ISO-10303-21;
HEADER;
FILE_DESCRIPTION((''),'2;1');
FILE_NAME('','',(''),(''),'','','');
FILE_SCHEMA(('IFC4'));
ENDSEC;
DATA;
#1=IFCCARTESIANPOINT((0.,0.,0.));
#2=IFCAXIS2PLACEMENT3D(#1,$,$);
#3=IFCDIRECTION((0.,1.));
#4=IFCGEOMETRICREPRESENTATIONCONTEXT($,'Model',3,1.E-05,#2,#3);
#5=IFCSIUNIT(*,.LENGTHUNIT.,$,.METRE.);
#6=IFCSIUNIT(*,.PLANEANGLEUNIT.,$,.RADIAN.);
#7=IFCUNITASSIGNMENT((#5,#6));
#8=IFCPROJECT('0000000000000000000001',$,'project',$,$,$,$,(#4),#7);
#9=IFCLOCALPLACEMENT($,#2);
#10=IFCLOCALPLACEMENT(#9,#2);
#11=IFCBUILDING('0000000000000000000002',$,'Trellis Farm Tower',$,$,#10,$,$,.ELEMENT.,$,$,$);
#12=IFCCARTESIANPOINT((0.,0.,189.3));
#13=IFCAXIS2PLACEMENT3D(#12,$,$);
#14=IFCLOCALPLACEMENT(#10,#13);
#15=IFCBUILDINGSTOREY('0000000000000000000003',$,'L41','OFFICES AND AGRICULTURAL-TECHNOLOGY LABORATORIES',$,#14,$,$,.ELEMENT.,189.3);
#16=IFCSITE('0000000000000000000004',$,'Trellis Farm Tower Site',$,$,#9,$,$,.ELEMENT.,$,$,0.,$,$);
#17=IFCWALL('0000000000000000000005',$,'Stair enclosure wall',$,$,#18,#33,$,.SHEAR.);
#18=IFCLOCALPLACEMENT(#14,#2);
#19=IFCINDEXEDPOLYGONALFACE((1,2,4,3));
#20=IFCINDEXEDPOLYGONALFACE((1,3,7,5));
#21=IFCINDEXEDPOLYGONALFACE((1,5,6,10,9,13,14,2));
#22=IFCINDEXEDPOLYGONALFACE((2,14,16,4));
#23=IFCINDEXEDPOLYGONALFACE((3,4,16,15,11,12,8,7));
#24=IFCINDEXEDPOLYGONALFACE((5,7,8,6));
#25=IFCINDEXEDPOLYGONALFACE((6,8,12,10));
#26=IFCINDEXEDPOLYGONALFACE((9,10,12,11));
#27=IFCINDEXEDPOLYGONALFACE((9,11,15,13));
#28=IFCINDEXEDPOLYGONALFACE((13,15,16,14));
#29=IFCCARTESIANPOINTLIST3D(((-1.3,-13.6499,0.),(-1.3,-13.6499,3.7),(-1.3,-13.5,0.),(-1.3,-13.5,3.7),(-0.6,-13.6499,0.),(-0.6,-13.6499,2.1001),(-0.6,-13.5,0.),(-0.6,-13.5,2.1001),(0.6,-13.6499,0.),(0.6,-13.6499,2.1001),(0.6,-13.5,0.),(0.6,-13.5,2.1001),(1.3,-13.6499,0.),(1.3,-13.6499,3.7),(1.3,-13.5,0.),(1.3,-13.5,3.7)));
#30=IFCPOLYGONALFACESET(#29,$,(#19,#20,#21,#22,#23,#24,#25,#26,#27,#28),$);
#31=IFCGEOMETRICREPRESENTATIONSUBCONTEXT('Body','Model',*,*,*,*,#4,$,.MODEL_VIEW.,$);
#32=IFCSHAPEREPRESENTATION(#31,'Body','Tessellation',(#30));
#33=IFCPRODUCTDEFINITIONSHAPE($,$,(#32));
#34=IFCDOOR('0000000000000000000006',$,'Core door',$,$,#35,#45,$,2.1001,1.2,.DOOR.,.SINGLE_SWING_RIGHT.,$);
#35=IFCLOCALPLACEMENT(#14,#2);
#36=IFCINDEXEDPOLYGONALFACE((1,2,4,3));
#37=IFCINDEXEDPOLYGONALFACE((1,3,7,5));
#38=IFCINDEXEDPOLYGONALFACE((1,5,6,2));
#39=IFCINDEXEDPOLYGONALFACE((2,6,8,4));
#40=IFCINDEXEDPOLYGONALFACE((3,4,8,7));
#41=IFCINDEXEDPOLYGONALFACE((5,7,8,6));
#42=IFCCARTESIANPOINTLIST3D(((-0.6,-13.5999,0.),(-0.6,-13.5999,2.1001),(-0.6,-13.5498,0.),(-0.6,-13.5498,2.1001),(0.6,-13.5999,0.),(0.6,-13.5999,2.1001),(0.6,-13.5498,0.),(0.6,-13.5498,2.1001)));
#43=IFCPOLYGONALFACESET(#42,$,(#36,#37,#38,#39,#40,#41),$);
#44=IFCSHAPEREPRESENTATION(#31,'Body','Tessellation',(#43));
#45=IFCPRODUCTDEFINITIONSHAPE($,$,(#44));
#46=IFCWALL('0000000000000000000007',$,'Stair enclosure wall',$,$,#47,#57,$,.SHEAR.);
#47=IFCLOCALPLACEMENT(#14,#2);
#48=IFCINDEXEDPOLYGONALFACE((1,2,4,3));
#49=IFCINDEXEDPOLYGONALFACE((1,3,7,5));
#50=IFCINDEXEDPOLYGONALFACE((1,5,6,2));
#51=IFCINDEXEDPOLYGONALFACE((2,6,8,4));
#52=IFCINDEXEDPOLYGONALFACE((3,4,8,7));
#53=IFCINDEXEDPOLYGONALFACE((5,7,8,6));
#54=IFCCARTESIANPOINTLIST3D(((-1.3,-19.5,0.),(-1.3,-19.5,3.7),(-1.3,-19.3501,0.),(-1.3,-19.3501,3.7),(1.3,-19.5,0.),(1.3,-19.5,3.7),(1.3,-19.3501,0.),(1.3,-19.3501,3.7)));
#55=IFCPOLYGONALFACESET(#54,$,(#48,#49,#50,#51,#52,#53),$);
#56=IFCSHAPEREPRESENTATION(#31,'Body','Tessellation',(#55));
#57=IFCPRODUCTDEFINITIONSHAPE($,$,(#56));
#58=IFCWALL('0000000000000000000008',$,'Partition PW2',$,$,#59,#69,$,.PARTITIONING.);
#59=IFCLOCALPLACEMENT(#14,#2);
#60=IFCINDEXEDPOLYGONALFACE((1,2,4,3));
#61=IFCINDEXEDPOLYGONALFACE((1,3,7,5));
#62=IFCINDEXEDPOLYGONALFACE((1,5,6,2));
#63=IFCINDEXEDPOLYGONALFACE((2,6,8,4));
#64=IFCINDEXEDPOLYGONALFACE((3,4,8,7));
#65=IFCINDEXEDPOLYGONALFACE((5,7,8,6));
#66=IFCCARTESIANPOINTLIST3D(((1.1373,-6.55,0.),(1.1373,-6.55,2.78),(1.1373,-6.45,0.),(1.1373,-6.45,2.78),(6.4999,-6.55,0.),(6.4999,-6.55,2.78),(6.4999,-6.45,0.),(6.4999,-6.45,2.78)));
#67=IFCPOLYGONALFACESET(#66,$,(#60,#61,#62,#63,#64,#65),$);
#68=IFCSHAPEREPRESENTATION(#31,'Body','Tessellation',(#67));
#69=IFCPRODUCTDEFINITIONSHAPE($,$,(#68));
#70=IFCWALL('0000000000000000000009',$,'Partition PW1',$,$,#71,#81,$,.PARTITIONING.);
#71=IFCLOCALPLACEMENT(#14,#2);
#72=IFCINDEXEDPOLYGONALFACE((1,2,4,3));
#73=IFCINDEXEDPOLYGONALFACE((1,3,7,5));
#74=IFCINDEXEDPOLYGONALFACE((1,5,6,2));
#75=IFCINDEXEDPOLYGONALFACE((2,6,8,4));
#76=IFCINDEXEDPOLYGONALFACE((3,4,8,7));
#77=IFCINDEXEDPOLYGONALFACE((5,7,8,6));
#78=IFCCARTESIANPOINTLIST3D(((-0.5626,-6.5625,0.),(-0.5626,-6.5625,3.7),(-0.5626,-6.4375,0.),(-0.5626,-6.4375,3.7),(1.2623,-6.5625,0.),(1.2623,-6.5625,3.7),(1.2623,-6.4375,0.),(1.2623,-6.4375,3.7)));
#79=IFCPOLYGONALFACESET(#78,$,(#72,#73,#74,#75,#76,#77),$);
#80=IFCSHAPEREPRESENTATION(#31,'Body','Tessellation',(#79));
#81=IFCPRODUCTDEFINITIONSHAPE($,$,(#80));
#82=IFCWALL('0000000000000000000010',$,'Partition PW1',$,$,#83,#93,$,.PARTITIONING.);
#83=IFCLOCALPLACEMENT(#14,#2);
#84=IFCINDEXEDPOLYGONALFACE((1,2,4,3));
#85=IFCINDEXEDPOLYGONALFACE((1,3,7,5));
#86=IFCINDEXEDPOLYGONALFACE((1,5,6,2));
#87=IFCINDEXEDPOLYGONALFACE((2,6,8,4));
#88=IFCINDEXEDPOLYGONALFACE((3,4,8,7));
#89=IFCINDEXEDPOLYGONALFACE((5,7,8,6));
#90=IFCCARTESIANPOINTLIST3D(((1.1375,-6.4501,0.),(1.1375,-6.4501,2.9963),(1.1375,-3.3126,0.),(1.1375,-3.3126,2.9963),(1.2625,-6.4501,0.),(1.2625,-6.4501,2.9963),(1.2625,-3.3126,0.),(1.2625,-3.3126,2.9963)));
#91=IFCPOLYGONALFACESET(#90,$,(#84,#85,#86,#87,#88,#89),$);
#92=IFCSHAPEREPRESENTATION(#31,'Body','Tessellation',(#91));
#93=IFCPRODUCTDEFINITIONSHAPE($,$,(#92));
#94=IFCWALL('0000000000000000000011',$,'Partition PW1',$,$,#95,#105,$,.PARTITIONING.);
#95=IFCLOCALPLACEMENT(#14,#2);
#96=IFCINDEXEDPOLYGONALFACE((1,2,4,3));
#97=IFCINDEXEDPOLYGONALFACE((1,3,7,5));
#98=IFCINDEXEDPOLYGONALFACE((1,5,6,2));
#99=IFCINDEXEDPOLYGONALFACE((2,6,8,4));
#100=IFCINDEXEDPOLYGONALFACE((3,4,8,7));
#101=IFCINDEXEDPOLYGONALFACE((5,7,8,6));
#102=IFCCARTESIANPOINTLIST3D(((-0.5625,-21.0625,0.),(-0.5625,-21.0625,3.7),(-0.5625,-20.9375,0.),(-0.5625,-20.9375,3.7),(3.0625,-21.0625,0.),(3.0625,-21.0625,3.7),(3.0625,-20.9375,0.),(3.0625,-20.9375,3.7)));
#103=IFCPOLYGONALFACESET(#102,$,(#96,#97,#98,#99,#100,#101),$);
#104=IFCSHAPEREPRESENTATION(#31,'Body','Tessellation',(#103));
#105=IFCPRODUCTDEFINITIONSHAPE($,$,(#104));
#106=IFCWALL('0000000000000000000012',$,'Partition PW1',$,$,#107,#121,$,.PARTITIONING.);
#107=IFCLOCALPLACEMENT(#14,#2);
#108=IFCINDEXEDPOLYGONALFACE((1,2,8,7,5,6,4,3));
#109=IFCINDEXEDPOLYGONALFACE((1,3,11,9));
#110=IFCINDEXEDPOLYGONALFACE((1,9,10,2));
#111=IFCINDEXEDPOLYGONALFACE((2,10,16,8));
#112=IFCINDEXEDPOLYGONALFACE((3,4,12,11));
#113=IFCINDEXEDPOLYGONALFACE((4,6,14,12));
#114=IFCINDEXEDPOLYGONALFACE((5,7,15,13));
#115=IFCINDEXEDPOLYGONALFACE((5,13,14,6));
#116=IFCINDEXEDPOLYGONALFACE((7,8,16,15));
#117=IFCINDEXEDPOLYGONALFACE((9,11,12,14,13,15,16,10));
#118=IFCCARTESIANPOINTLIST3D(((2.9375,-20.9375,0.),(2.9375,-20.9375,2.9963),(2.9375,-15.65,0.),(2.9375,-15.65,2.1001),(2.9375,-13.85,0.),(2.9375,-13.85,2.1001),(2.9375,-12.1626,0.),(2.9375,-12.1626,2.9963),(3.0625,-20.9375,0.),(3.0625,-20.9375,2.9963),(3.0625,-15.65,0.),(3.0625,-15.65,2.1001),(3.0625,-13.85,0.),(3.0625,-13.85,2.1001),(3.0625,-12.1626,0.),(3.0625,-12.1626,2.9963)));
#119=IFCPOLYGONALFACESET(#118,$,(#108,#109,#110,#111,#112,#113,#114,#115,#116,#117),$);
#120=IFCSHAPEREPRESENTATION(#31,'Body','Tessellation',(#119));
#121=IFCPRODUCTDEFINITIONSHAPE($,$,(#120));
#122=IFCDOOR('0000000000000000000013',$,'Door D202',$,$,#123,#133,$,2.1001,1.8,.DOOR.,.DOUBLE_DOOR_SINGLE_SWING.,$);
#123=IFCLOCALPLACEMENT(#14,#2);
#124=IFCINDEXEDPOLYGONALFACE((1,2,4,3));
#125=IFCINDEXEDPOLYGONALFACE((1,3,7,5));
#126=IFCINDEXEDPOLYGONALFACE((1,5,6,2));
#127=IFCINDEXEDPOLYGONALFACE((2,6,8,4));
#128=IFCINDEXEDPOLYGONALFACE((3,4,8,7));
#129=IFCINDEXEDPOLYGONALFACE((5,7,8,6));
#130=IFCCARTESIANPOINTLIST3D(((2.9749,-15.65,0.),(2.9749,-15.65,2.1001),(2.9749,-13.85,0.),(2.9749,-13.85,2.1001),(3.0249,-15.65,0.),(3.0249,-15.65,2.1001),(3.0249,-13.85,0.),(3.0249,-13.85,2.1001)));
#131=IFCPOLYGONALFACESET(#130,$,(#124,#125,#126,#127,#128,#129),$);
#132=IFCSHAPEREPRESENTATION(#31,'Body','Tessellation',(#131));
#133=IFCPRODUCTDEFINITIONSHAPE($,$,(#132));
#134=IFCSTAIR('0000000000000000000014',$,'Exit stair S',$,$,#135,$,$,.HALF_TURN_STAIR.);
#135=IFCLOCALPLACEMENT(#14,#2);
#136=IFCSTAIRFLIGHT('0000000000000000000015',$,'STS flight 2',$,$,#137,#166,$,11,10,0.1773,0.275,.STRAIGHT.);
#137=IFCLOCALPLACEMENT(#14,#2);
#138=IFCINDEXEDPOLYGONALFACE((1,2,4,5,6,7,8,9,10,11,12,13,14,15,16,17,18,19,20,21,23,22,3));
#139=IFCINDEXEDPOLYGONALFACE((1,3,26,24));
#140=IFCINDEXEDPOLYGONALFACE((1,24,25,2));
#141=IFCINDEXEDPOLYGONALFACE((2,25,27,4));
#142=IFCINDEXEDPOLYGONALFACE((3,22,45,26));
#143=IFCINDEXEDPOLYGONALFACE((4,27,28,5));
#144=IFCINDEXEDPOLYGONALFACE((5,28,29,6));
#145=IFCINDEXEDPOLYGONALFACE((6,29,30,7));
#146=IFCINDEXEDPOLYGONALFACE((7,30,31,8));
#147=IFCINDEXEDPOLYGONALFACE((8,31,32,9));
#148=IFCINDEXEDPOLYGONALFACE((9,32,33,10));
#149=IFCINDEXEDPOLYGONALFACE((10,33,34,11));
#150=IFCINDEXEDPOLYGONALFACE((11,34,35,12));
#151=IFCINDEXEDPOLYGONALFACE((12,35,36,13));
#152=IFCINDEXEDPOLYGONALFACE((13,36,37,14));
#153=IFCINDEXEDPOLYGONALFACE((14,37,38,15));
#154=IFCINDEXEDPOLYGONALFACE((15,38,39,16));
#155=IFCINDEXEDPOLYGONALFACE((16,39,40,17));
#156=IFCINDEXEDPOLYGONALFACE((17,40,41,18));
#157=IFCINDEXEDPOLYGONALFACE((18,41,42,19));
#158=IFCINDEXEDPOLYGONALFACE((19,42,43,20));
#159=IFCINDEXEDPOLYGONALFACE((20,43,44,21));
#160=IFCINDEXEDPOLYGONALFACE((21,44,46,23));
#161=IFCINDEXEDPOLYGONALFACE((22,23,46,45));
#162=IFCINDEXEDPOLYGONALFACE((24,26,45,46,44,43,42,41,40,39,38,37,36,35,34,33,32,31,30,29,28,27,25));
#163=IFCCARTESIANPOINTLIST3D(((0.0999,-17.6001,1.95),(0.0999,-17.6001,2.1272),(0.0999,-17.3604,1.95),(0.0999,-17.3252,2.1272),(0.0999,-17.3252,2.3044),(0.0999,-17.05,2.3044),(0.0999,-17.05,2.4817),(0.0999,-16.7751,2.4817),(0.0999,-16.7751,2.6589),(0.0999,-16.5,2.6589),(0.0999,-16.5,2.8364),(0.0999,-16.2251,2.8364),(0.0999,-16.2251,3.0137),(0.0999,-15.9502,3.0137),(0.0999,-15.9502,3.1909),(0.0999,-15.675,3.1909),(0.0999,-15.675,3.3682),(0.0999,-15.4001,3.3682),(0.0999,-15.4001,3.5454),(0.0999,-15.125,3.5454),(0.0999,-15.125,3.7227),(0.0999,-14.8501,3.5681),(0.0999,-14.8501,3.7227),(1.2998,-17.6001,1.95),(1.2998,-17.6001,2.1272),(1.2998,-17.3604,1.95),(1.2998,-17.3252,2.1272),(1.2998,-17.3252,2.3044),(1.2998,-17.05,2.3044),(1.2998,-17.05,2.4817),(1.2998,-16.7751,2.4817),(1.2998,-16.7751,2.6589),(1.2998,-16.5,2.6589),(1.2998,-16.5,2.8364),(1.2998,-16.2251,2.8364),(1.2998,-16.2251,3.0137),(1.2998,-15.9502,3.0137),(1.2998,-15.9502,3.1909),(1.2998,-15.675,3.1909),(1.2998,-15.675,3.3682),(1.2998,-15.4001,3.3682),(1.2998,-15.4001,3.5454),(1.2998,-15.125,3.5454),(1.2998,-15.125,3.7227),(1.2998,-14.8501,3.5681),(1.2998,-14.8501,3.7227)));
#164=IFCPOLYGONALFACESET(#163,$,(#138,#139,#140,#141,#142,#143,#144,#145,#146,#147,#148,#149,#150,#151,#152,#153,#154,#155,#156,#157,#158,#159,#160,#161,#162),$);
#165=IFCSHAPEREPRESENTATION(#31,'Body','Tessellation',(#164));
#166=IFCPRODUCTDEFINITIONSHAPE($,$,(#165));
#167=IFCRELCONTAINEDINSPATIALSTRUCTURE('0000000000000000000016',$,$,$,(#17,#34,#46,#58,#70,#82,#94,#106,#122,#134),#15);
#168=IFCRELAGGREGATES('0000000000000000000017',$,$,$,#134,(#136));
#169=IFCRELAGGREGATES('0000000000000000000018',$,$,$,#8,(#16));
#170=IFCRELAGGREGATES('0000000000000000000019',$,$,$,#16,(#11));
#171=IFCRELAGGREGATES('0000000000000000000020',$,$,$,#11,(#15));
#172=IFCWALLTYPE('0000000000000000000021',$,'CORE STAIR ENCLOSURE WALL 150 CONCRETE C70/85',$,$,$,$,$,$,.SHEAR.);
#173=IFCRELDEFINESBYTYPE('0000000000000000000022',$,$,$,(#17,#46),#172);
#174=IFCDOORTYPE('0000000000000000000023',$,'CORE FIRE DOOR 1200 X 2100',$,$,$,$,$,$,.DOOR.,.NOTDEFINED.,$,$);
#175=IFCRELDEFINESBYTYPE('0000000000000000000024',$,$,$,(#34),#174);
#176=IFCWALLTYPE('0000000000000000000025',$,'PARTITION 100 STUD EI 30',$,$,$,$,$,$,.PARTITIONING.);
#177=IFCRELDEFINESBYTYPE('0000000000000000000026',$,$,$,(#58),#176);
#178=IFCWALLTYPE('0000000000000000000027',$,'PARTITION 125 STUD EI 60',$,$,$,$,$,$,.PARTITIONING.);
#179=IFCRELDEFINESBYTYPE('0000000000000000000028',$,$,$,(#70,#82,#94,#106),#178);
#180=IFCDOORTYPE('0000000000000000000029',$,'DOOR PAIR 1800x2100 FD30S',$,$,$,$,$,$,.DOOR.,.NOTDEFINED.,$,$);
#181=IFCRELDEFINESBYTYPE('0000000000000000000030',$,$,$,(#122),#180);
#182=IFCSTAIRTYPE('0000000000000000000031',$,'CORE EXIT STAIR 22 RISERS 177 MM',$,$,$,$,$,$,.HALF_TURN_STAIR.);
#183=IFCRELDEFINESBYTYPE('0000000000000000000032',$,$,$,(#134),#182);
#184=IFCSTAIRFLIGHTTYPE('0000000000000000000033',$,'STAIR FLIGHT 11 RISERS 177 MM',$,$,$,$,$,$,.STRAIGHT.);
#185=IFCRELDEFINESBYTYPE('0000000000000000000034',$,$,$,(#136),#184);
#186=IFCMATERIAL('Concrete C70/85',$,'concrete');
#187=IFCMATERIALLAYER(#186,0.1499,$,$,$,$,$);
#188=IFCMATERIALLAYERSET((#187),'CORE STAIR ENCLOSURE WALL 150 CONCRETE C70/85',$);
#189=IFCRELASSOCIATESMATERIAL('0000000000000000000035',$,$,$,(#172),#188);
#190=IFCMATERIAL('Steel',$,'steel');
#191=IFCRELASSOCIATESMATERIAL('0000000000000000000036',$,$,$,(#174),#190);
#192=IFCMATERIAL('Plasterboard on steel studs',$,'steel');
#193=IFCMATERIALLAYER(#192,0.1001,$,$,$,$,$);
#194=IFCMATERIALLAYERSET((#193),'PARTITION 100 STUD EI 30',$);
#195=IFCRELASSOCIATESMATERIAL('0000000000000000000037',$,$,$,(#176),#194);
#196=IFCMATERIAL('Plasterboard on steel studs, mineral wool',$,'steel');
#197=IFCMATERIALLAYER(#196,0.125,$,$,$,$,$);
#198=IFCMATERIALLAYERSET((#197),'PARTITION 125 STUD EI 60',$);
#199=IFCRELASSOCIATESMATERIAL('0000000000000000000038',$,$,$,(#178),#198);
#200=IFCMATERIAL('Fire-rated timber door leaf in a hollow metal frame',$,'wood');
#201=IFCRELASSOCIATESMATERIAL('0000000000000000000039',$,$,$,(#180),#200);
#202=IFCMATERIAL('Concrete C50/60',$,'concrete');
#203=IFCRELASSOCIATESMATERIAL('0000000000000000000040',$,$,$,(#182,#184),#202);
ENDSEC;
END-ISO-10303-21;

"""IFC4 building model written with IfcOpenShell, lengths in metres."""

from ifc_helpers import new_model, si_unit, direction, frame, frame_2d, origin, place, context, subcontext, project, spatial, polyline, rectangle, outline, extrude, source, transform, mapped, material, layer, layer_set, type_object, element, fill, aggregate, save


model = new_model("IFC4")

# Units and contexts
model_context = context("Model", 3, precision=1e-05, world=origin(), true_north=direction((0.0, 1.0)))
body_context = subcontext(model_context, "Body", "Model", "MODEL_VIEW")
ifc_project = project(units=[si_unit("LENGTHUNIT", "METRE"), si_unit("PLANEANGLEUNIT", "RADIAN")], contexts=[model_context])

# Site, building, storey
site_placement = place(None, origin())
site = spatial("IfcSite", under=ifc_project, at=site_placement, Name="Trellis Farm Tower Site", CompositionType="ELEMENT", RefElevation=0.0)
building_placement = place(site_placement, origin())
building = spatial("IfcBuilding", under=site, at=building_placement, Name="Trellis Farm Tower", CompositionType="ELEMENT")
storey_placement = place(building_placement, frame((0.0, 0.0, 189.3)))
storey = spatial("IfcBuildingStorey", under=building, at=storey_placement, Name="L41", Description="OFFICES AND AGRICULTURAL-TECHNOLOGY LABORATORIES", CompositionType="ELEMENT", Elevation=189.3)

# Shared definitions
ifc_material_1 = material(Name="Concrete C70/85", Category="concrete")

# Shared definitions
placement_1 = place(storey_placement, origin())

# Wall, opening, door
ifc_layer_1 = layer(ifc_material_1, 0.1499)
ifc_layer_set_1 = layer_set([ifc_layer_1], Name="CORE STAIR ENCLOSURE WALL 150 CONCRETE C70/85")
wall_type_1 = type_object("IfcWallType", Name="CORE STAIR ENCLOSURE WALL 150 CONCRETE C70/85", PredefinedType="SHEAR", material=ifc_layer_set_1)
shared_shape_1 = source(origin(), body_context, "Body", "SweptSolid", [
    extrude(rectangle(XDim=2.6001, YDim=0.1499, at=frame_2d((1.3, 0.0))), origin(), (0.0, 0.0, 1.0), 3.7),
])
wall_1_placement = place(storey_placement, frame((1.3, -13.575, 0.0), z_axis=(0.0, 0.0, 1.0), x_axis=(-1.0, 0.0, 0.0)))
wall_1 = element("IfcWall", 1, at=wall_1_placement, inside=storey, type_object=wall_type_1, Name="Stair enclosure wall", PredefinedType="SHEAR", context=body_context, shape_type="MappedRepresentation", body=[
    mapped(shared_shape_1, transform((0.0, 0.0, 0.0))),
])
shared_shape_2 = source(origin(), body_context, "Body", "SweptSolid", [
    extrude(rectangle(XDim=1.2, YDim=2.1001, at=frame_2d((0.6001, 1.05))), frame((0.0, 0.085, 0.0), z_axis=(0.0, -1.0, 0.0), x_axis=(1.0, 0.0, 0.0)), (0.0, 0.0, 1.0), 0.1699),
])
opening_1_placement = place(wall_1_placement, frame((0.7, 0.0, 0.0)))
opening_1 = element("IfcOpeningElement", 2, at=opening_1_placement, cuts=wall_1, PredefinedType="OPENING", context=body_context, shape_type="MappedRepresentation", body=[
    mapped(shared_shape_2, transform((0.0, 0.0, 0.0))),
])
ifc_material_2 = material(Name="Steel", Category="steel")
door_type_1 = type_object("IfcDoorType", Name="CORE FIRE DOOR 1200 X 2100", OperationType="NOTDEFINED", PredefinedType="DOOR", material=ifc_material_2)
shared_shape_3 = source(origin(), body_context, "Body", "SweptSolid", [
    extrude(rectangle(XDim=1.2, YDim=2.1001, at=frame_2d((0.6001, 1.05))), frame((0.0, 0.0249, 0.0), z_axis=(0.0, -1.0, 0.0), x_axis=(1.0, 0.0, 0.0)), (0.0, 0.0, 1.0), 0.05),
])
door_1_placement = place(opening_1_placement, origin())
door_1 = element("IfcDoor", 3, at=door_1_placement, inside=storey, type_object=door_type_1, Name="Core door", OperationType="SINGLE_SWING_RIGHT", OverallHeight=2.1001, OverallWidth=1.2, PredefinedType="DOOR", context=body_context, shape_type="MappedRepresentation", body=[
    mapped(shared_shape_3, transform((0.0, 0.0, 0.0))),
])
fill(opening_1, door_1)

# Walls
wall_2_placement = place(storey_placement, frame((1.3, -19.425, 0.0), z_axis=(0.0, 0.0, 1.0), x_axis=(-1.0, 0.0, 0.0)))
element("IfcWall", 4, at=wall_2_placement, inside=storey, type_object=wall_type_1, Name="Stair enclosure wall", PredefinedType="SHEAR", context=body_context, shape_type="MappedRepresentation", body=[
    mapped(shared_shape_1, transform((0.0, 0.0, 0.0))),
])
ifc_material_3 = material(Name="Plasterboard on steel studs", Category="steel")
ifc_layer_2 = layer(ifc_material_3, 0.1001)
ifc_layer_set_2 = layer_set([ifc_layer_2], Name="PARTITION 100 STUD EI 30")
wall_type_2 = type_object("IfcWallType", Name="PARTITION 100 STUD EI 30", PredefinedType="PARTITIONING", material=ifc_layer_set_2)
shared_shape_4 = source(origin(), body_context, "Body", "SweptSolid", [
    extrude(rectangle(XDim=5.3625, YDim=0.1001, at=frame_2d((2.6812, 0.0))), origin(), (0.0, 0.0, 1.0), 2.78),
])
wall_3_placement = place(storey_placement, frame((1.1375, -6.5, 0.0), z_axis=(0.0, 0.0, 1.0), x_axis=(1.0, 0.0, 0.0)))
element("IfcWall", 5, at=wall_3_placement, inside=storey, type_object=wall_type_2, Name="Partition PW2", PredefinedType="PARTITIONING", context=body_context, shape_type="MappedRepresentation", body=[
    mapped(shared_shape_4, transform((0.0, 0.0, 0.0))),
])
ifc_material_4 = material(Name="Plasterboard on steel studs, mineral wool", Category="steel")
ifc_layer_3 = layer(ifc_material_4, 0.125)
ifc_layer_set_3 = layer_set([ifc_layer_3], Name="PARTITION 125 STUD EI 60")
wall_type_3 = type_object("IfcWallType", Name="PARTITION 125 STUD EI 60", PredefinedType="PARTITIONING", material=ifc_layer_set_3)
shared_shape_5 = source(origin(), body_context, "Body", "SweptSolid", [
    extrude(rectangle(XDim=1.825, YDim=0.125, at=frame_2d((0.9126, 0.0))), origin(), (0.0, 0.0, 1.0), 3.7),
])
wall_4_placement = place(storey_placement, frame((1.2625, -6.5, 0.0), z_axis=(0.0, 0.0, 1.0), x_axis=(-1.0, 0.0, 0.0)))
element("IfcWall", 6, at=wall_4_placement, inside=storey, type_object=wall_type_3, Name="Partition PW1", PredefinedType="PARTITIONING", context=body_context, shape_type="MappedRepresentation", body=[
    mapped(shared_shape_5, transform((0.0, 0.0, 0.0))),
])
shared_shape_6 = source(origin(), body_context, "Body", "SweptSolid", [
    extrude(rectangle(XDim=3.1375, YDim=0.125, at=frame_2d((1.5688, 0.0))), origin(), (0.0, 0.0, 1.0), 2.9963),
])
wall_5_placement = place(storey_placement, frame((1.2, -3.3125, 0.0), z_axis=(0.0, 0.0, 1.0), x_axis=(0.0, -1.0, 0.0)))
element("IfcWall", 7, at=wall_5_placement, inside=storey, type_object=wall_type_3, Name="Partition PW1", PredefinedType="PARTITIONING", context=body_context, shape_type="MappedRepresentation", body=[
    mapped(shared_shape_6, transform((0.0, 0.0, 0.0))),
])
shared_shape_7 = source(origin(), body_context, "Body", "SweptSolid", [
    extrude(rectangle(XDim=3.625, YDim=0.125, at=frame_2d((1.8125, 0.0))), origin(), (0.0, 0.0, 1.0), 3.7),
])
wall_6_placement = place(storey_placement, frame((3.0625, -21.0, 0.0), z_axis=(0.0, 0.0, 1.0), x_axis=(-1.0, 0.0, 0.0)))
element("IfcWall", 8, at=wall_6_placement, inside=storey, type_object=wall_type_3, Name="Partition PW1", PredefinedType="PARTITIONING", context=body_context, shape_type="MappedRepresentation", body=[
    mapped(shared_shape_7, transform((0.0, 0.0, 0.0))),
])

# Wall, opening, door
shared_shape_8 = source(origin(), body_context, "Body", "SweptSolid", [
    extrude(rectangle(XDim=8.7749, YDim=0.125, at=frame_2d((4.3875, 0.0))), origin(), (0.0, 0.0, 1.0), 2.9963),
])
wall_7_placement = place(storey_placement, frame((3.0, -12.1626, 0.0), z_axis=(0.0, 0.0, 1.0), x_axis=(0.0, -1.0, 0.0)))
wall_7 = element("IfcWall", 9, at=wall_7_placement, inside=storey, type_object=wall_type_3, Name="Partition PW1", PredefinedType="PARTITIONING", context=body_context, shape_type="MappedRepresentation", body=[
    mapped(shared_shape_8, transform((0.0, 0.0, 0.0))),
])
shared_shape_9 = source(origin(), body_context, "Body", "SweptSolid", [
    extrude(rectangle(XDim=1.8, YDim=2.1001, at=frame_2d((0.8999, 1.05))), frame((0.0, 0.0725, 0.0), z_axis=(0.0, -1.0, 0.0), x_axis=(1.0, 0.0, 0.0)), (0.0, 0.0, 1.0), 0.145),
])
opening_2_placement = place(wall_7_placement, frame((1.6875, 0.0, 0.0)))
opening_2 = element("IfcOpeningElement", 10, at=opening_2_placement, cuts=wall_7, PredefinedType="OPENING", context=body_context, shape_type="MappedRepresentation", body=[
    mapped(shared_shape_9, transform((0.0, 0.0, 0.0))),
])
ifc_material_5 = material(Name="Fire-rated timber door leaf in a hollow metal frame", Category="wood")
door_type_2 = type_object("IfcDoorType", Name="DOOR PAIR 1800x2100 FD30S", OperationType="NOTDEFINED", PredefinedType="DOOR", material=ifc_material_5)
shared_shape_10 = source(origin(), body_context, "Body", "SweptSolid", [
    extrude(rectangle(XDim=1.8, YDim=2.1001, at=frame_2d((0.8999, 1.05))), frame((0.0, 0.0249, 0.0), z_axis=(0.0, -1.0, 0.0), x_axis=(1.0, 0.0, 0.0)), (0.0, 0.0, 1.0), 0.05),
])
door_2_placement = place(opening_2_placement, origin())
door_2 = element("IfcDoor", 11, at=door_2_placement, inside=storey, type_object=door_type_2, Name="Door D202", OperationType="DOUBLE_DOOR_SINGLE_SWING", OverallHeight=2.1001, OverallWidth=1.8, PredefinedType="DOOR", context=body_context, shape_type="MappedRepresentation", body=[
    mapped(shared_shape_10, transform((0.0, 0.0, 0.0))),
])
fill(opening_2, door_2)

# Stair, stair flight
ifc_material_6 = material(Name="Concrete C50/60", Category="concrete")
stair_type = type_object("IfcStairType", Name="CORE EXIT STAIR 22 RISERS 177 MM", PredefinedType="HALF_TURN_STAIR", material=ifc_material_6)
stair = element("IfcStair", 12, at=placement_1, inside=storey, type_object=stair_type, Name="Exit stair S", PredefinedType="HALF_TURN_STAIR")
stair_flight_type = type_object("IfcStairFlightType", Name="STAIR FLIGHT 11 RISERS 177 MM", PredefinedType="STRAIGHT", material=ifc_material_6)
shared_shape_11 = source(origin(), body_context, "Body", "SweptSolid", [
    extrude(outline(polyline([(0.0, 0.0), (0.0, 0.1772), (0.2749, 0.1772), (0.2749, 0.3545), (0.55, 0.3545), (0.55, 0.5317), (0.825, 0.5317), (0.825, 0.709), (1.1001, 0.709), (1.1001, 0.8865), (1.375, 0.8865), (1.375, 1.0637), (1.6499, 1.0637), (1.6499, 1.241), (1.925, 1.241), (1.925, 1.4182), (2.2, 1.4182), (2.2, 1.5955), (2.4751, 1.5955), (2.4751, 1.7727), (2.75, 1.7727), (2.75, 1.95), (2.75, 1.6182), (0.2397, 0.0), (0.0, 0.0)])), frame((0.0, 0.6001, 0.0), z_axis=(0.0, -1.0, 0.0), x_axis=(1.0, 0.0, 0.0)), (0.0, 0.0, 1.0), 1.2),
])
stair_flight_placement = place(storey_placement, frame((0.7, -17.6001, 1.95), z_axis=(0.0, 0.0, 1.0), x_axis=(0.0, 1.0, 0.0)))
stair_flight = element("IfcStairFlight", 13, at=stair_flight_placement, type_object=stair_flight_type, Name="STS flight 2", NumberOfRisers=11, NumberOfTreads=10, PredefinedType="STRAIGHT", RiserHeight=0.1773, TreadLength=0.275, context=body_context, shape_type="MappedRepresentation", body=[
    mapped(shared_shape_11, transform((0.0, 0.0, 0.0))),
])
aggregate(stair, [stair_flight])

save(model, "model.ifc")
